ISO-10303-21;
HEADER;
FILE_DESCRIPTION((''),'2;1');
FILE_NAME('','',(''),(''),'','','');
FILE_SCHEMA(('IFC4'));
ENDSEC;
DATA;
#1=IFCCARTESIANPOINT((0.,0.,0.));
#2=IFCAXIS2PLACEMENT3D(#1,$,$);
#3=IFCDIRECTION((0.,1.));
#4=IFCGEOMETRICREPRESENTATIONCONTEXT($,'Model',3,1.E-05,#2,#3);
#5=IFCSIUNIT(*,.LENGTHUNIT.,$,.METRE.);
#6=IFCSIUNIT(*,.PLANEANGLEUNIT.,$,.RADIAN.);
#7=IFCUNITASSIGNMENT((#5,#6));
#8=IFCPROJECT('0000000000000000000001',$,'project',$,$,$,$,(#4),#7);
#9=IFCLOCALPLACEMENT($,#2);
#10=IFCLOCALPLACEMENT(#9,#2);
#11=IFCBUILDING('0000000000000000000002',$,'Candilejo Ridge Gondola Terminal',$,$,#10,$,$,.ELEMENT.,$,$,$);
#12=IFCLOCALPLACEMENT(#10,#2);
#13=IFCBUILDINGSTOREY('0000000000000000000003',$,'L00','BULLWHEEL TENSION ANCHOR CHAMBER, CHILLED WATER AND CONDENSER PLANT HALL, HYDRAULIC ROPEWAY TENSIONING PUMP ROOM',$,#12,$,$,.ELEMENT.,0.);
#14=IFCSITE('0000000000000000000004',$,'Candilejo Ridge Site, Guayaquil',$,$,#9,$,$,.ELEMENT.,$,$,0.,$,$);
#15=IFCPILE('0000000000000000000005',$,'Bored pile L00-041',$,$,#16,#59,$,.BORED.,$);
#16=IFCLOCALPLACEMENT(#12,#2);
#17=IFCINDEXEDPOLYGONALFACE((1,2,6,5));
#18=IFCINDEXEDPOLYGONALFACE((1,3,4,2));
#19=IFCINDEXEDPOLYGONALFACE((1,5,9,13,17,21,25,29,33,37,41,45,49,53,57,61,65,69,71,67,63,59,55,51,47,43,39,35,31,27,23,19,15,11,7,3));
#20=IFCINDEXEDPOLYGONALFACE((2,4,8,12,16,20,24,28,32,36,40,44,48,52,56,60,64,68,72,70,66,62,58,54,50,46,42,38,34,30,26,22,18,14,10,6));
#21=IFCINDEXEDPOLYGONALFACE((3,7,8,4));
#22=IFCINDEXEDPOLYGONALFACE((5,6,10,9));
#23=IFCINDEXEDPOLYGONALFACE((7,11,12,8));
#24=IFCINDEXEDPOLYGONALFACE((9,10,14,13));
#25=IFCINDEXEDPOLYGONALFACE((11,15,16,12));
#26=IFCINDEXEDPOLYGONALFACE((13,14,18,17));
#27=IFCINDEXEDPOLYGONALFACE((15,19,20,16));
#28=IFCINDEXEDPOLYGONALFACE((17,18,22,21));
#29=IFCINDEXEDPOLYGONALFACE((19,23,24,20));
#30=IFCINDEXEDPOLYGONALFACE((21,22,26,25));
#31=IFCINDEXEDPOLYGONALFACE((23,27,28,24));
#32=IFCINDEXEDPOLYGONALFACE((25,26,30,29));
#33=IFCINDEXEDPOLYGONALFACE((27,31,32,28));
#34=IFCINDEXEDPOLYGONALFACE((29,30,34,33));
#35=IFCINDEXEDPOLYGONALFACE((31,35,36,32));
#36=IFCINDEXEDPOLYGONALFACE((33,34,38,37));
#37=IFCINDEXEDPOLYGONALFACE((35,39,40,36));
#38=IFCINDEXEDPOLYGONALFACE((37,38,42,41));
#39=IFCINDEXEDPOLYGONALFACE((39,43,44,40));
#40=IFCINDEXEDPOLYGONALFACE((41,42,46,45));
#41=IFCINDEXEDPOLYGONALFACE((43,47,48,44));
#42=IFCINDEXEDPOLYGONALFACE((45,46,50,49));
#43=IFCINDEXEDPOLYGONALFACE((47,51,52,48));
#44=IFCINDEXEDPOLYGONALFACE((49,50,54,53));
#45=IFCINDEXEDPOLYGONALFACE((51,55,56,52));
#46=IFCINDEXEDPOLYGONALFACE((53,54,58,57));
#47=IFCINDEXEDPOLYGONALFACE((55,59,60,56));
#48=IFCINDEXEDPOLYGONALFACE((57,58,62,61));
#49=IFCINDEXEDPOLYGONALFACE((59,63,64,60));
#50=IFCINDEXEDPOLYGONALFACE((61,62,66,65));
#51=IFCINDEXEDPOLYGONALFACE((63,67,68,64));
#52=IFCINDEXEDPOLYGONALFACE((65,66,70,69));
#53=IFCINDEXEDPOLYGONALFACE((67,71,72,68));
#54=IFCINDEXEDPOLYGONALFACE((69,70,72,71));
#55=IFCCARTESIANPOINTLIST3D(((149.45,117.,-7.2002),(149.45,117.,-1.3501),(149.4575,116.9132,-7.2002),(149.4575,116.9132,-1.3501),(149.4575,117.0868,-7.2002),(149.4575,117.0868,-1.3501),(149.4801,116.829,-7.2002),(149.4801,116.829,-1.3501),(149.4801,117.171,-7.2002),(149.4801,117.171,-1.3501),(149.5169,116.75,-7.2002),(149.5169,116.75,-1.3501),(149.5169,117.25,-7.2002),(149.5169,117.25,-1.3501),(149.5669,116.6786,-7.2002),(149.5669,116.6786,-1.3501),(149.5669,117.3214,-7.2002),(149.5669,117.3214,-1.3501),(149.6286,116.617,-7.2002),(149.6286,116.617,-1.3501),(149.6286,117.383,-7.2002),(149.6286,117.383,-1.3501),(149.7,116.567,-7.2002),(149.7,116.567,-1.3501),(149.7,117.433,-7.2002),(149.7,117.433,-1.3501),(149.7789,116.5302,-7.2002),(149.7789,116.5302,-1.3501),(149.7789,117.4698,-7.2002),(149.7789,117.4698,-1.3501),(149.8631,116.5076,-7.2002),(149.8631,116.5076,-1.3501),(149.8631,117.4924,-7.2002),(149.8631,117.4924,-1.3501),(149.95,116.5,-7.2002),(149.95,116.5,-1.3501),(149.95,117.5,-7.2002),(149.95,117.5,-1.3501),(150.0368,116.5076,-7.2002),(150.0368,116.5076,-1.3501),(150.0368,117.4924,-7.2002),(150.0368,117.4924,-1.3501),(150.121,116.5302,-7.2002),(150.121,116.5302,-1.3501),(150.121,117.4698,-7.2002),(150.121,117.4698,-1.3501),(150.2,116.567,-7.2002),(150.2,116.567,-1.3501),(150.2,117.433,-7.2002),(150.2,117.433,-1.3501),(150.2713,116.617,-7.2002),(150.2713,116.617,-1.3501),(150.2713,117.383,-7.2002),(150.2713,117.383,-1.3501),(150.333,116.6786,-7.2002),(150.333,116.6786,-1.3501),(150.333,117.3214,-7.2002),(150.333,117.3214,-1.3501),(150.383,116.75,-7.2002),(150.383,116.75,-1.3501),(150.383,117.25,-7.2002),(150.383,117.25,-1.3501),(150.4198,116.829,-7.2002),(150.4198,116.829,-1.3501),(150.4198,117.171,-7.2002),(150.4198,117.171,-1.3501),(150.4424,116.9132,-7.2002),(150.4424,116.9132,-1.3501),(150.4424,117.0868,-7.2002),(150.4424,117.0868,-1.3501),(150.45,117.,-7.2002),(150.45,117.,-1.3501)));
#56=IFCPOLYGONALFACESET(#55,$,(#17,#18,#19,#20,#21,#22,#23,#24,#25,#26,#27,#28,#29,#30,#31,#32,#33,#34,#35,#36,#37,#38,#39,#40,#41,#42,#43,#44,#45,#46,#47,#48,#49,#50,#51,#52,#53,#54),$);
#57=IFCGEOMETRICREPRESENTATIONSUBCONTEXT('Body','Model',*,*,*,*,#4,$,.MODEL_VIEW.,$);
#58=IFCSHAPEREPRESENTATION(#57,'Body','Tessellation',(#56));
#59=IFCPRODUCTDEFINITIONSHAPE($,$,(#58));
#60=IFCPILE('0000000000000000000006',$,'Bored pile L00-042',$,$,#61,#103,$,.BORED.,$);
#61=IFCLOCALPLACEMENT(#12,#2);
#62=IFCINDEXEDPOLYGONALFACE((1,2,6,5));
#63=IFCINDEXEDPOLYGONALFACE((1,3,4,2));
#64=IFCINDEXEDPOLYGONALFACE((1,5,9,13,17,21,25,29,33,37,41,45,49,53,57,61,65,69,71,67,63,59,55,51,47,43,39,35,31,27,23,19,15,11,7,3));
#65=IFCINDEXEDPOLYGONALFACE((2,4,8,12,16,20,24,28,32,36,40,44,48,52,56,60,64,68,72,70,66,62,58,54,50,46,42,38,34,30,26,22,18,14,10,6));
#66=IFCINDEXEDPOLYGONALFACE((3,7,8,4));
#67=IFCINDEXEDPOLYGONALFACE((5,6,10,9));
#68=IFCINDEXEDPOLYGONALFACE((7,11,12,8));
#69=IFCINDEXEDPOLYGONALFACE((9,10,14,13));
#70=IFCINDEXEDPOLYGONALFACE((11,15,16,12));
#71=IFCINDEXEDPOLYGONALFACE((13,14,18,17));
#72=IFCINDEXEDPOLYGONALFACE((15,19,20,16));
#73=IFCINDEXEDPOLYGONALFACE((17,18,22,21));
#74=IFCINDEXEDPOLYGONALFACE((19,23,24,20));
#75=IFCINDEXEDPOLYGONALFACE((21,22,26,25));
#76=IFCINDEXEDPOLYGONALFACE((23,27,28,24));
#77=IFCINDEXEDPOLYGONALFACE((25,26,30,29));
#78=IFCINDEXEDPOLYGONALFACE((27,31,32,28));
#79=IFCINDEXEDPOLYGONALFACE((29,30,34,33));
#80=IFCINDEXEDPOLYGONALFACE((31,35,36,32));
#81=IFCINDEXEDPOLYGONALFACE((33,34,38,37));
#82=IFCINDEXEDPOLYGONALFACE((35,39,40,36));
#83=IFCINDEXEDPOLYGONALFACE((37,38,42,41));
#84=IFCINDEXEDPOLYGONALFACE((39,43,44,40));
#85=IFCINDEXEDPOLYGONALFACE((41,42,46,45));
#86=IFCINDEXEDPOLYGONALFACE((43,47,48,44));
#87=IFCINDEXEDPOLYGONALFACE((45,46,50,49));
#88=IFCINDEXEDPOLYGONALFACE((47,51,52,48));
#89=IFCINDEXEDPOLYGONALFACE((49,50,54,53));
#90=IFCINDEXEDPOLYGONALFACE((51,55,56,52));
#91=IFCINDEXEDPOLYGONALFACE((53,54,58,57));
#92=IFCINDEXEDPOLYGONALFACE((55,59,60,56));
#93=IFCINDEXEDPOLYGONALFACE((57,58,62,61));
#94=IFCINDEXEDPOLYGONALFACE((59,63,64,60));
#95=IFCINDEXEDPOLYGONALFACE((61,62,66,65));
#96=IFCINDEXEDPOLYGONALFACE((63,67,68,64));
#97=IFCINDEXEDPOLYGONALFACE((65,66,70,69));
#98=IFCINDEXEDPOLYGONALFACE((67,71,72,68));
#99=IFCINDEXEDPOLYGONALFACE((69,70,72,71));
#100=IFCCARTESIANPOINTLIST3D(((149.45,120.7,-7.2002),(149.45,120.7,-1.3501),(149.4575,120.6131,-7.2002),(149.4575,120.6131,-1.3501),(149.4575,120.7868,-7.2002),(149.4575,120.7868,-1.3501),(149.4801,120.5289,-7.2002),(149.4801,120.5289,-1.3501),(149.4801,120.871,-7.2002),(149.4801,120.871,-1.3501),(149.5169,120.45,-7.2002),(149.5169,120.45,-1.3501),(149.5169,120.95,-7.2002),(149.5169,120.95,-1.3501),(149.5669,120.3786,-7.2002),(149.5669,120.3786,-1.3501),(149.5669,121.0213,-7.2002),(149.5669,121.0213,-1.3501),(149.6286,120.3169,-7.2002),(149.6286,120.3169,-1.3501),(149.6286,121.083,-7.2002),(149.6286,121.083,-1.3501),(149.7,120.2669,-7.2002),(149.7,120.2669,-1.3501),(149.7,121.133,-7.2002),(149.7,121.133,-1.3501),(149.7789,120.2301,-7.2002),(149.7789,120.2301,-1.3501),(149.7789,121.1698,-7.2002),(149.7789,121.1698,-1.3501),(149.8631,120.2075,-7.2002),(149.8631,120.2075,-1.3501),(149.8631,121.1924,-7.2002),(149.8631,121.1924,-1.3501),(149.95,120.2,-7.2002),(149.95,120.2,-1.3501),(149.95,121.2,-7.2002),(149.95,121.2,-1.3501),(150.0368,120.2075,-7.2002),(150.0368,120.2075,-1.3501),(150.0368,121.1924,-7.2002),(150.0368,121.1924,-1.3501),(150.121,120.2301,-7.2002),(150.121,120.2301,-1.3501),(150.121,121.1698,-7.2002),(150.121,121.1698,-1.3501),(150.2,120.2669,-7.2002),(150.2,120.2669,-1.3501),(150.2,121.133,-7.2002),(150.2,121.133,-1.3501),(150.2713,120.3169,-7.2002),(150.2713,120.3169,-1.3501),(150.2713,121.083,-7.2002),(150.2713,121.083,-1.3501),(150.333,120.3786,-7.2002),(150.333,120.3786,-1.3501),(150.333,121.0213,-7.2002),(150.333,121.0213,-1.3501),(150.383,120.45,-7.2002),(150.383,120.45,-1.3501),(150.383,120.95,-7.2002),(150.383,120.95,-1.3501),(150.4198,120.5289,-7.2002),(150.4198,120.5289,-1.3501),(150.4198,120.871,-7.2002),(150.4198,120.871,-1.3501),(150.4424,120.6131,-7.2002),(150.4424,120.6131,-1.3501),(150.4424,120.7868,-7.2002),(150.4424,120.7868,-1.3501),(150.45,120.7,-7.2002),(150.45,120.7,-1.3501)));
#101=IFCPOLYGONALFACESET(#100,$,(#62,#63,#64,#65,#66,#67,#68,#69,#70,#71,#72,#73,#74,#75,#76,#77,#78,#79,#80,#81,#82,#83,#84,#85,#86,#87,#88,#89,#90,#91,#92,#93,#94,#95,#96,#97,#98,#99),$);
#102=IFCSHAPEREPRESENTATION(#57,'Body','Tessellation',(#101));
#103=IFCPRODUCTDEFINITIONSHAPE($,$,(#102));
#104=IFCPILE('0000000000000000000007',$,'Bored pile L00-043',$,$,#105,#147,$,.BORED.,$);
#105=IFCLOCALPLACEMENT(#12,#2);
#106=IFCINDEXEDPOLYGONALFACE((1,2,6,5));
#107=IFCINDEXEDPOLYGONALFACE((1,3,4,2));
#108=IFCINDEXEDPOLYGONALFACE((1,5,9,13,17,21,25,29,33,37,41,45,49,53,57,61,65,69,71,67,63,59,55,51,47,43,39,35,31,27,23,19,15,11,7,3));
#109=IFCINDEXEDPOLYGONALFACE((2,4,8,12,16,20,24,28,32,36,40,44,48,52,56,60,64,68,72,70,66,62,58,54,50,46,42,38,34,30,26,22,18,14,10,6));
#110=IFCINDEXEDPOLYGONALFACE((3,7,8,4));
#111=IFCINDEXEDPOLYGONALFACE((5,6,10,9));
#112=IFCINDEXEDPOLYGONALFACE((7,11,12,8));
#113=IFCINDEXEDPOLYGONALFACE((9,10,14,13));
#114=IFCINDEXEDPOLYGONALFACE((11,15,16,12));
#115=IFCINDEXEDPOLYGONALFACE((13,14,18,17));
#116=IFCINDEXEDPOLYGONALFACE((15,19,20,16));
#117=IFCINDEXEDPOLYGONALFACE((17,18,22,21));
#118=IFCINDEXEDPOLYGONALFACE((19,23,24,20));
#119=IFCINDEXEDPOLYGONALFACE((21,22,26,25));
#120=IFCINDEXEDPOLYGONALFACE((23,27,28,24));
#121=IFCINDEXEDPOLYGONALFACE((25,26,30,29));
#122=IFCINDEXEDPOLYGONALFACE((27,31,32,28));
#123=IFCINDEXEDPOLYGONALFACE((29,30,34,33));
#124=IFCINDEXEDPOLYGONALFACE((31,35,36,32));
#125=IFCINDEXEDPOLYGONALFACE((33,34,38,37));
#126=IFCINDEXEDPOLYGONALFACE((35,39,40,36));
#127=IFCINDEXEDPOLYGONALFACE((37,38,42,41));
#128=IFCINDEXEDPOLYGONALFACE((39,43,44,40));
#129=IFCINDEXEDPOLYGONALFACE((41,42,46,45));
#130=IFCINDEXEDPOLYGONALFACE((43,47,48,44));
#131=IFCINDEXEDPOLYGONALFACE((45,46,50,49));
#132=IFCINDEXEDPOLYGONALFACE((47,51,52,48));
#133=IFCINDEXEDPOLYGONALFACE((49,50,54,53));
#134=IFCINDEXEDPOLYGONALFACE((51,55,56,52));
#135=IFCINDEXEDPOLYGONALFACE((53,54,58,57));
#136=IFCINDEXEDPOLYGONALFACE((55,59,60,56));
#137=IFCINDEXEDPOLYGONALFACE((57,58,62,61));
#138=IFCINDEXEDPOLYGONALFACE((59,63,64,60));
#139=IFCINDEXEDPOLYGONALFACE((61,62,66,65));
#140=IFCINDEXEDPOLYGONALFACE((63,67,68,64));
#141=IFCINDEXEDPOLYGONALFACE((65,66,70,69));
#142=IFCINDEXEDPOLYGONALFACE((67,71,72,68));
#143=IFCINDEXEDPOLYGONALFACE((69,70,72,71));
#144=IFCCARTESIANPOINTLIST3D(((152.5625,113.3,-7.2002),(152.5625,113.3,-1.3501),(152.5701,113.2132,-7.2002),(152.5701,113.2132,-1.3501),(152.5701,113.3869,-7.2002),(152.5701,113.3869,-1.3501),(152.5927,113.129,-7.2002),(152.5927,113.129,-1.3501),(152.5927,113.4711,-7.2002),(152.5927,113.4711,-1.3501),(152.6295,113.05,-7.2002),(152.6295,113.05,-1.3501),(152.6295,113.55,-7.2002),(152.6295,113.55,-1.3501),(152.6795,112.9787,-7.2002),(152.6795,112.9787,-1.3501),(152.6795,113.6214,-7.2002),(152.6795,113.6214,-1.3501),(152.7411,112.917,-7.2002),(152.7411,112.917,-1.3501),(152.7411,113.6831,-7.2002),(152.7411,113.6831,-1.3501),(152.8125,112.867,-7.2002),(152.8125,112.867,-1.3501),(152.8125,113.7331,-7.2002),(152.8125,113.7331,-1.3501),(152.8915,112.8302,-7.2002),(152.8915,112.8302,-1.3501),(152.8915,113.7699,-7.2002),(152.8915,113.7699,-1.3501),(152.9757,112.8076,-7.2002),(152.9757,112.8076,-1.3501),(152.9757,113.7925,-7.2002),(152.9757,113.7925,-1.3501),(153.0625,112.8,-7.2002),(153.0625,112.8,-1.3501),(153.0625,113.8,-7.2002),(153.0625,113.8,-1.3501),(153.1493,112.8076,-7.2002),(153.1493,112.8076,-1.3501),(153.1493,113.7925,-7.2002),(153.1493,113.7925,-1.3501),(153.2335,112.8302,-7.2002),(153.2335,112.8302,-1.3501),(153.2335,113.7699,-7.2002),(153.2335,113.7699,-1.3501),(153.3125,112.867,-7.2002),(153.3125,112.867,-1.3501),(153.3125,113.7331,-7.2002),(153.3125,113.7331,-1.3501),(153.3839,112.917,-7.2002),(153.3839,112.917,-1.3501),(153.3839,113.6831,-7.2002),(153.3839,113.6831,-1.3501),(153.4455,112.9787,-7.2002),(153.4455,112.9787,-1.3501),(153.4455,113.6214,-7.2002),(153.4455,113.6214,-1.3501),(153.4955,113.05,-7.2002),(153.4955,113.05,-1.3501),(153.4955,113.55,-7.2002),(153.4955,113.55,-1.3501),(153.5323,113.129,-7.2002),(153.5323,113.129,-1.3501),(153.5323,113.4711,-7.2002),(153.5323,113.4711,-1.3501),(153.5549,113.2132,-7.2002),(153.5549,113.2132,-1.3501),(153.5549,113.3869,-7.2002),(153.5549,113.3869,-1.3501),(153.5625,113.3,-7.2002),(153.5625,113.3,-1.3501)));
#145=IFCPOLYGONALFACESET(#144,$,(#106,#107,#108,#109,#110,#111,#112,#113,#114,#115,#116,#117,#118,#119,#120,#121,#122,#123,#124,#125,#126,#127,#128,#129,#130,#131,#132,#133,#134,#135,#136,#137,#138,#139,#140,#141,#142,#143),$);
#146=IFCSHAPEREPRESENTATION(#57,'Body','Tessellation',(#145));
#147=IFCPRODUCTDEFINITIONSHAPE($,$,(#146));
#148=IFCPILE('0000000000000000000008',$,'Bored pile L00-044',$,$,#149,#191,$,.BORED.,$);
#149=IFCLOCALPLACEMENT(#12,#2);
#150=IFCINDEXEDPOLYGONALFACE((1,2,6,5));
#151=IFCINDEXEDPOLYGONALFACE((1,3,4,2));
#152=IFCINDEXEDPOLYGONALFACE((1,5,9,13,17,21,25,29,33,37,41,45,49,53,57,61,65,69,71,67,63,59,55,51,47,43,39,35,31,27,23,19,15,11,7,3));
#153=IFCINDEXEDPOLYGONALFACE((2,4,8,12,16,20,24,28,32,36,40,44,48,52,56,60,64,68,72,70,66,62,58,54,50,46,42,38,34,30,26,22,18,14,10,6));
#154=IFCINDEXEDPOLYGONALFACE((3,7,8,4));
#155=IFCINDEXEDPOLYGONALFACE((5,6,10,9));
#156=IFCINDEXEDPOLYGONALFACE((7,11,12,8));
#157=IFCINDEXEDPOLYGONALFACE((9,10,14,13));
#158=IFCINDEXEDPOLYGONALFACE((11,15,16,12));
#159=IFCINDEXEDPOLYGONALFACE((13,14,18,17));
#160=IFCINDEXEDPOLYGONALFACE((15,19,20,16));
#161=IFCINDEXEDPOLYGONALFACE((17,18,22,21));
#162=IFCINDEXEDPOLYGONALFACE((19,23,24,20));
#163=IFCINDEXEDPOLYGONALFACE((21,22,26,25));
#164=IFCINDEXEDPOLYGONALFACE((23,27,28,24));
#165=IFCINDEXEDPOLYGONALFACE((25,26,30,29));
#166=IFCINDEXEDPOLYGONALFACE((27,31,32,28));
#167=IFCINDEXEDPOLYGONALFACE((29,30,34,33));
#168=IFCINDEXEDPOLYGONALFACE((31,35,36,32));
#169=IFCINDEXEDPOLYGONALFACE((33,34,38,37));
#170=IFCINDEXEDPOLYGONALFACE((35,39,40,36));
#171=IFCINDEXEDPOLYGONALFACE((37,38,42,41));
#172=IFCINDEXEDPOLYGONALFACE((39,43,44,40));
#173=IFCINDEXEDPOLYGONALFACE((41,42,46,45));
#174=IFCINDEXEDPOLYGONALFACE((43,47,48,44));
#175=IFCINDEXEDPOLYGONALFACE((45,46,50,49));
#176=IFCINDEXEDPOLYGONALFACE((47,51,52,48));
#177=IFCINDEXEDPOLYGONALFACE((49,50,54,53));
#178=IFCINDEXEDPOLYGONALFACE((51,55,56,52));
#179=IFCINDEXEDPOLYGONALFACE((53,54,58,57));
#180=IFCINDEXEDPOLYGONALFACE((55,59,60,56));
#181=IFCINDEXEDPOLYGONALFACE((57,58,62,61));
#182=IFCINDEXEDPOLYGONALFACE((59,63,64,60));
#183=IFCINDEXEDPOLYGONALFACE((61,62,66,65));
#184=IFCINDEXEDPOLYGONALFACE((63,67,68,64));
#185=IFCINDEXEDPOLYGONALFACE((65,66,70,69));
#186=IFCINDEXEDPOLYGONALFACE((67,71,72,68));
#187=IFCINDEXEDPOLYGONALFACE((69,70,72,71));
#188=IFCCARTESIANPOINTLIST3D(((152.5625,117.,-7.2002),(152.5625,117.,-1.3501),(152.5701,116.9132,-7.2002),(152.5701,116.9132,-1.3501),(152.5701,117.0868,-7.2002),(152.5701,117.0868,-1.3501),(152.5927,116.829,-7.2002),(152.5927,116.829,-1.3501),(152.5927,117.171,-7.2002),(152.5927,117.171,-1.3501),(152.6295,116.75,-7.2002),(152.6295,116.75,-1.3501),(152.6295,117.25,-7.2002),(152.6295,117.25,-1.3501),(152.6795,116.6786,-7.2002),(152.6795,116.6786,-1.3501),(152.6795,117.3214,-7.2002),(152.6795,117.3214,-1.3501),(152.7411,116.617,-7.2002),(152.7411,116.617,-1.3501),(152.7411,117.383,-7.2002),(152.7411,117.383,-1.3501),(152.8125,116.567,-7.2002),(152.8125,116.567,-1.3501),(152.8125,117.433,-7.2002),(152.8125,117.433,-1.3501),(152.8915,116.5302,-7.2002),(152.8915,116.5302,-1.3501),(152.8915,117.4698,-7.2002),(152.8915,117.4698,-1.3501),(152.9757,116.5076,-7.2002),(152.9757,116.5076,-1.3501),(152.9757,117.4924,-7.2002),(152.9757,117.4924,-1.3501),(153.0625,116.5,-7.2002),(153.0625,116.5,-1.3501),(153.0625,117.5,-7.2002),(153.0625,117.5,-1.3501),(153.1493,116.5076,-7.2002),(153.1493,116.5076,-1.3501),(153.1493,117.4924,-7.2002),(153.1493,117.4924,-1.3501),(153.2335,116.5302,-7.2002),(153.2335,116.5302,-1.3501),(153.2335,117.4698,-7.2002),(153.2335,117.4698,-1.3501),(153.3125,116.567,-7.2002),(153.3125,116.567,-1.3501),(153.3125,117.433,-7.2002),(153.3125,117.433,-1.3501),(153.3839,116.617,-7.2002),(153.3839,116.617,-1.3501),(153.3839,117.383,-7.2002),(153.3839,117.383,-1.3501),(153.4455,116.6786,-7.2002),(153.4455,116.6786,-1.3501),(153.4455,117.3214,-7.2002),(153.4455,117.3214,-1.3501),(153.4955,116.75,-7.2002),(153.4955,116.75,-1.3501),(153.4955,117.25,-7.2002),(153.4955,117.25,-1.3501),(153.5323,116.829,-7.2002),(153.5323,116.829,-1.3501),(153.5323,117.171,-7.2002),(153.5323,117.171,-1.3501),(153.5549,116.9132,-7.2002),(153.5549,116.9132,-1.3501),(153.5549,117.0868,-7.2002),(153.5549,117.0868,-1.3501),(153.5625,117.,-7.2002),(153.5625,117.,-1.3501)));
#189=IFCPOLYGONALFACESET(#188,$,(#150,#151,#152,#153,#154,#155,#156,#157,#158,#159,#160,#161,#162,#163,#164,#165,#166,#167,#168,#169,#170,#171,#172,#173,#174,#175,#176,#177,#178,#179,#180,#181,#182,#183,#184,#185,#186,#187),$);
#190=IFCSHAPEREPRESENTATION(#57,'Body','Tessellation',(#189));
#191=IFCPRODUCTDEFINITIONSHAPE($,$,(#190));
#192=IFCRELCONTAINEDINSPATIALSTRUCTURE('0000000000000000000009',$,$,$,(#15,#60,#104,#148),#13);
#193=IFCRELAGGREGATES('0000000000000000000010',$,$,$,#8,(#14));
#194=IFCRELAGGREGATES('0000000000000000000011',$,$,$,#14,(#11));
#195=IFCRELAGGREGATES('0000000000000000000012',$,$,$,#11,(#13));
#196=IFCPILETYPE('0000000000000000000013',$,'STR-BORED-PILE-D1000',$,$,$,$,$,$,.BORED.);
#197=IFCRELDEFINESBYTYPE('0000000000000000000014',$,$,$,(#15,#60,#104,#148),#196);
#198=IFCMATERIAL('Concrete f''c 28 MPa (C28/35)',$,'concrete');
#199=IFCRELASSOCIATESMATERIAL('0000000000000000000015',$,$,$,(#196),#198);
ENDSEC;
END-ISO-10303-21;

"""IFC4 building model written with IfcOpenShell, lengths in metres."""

from ifc_helpers import new_model, si_unit, direction, frame, origin, origin_2d, place, context, subcontext, project, spatial, circle, extrude, material, material_profile, profile_set, type_object, element, save


model = new_model("IFC4")

# Units and contexts
model_context = context("Model", 3, precision=1e-05, world=origin(), true_north=direction((0.0, 1.0)))
body_context = subcontext(model_context, "Body", "Model", "MODEL_VIEW")
ifc_project = project(units=[si_unit("LENGTHUNIT", "METRE"), si_unit("PLANEANGLEUNIT", "RADIAN")], contexts=[model_context])

# Site, building, storey
site_placement = place(None, origin())
site = spatial("IfcSite", under=ifc_project, at=site_placement, Name="Candilejo Ridge Site, Guayaquil", CompositionType="ELEMENT", RefElevation=0.0)
building_placement = place(site_placement, origin())
building = spatial("IfcBuilding", under=site, at=building_placement, Name="Candilejo Ridge Gondola Terminal", CompositionType="ELEMENT")
storey_placement = place(building_placement, origin())
storey = spatial("IfcBuildingStorey", under=building, at=storey_placement, Name="L00", Description="BULLWHEEL TENSION ANCHOR CHAMBER, CHILLED WATER AND CONDENSER PLANT HALL, HYDRAULIC ROPEWAY TENSIONING PUMP ROOM", CompositionType="ELEMENT", Elevation=0.0)

# Piles
ifc_material_1 = material(Name="Concrete f'c 28 MPa (C28/35)", Category="concrete")
ifc_material_profile_1 = material_profile(ifc_material_1, circle(Radius=0.5, at=origin_2d()))
ifc_profile_set_1 = profile_set([ifc_material_profile_1], Name="Concrete f'c 28 MPa (C28/35)")
pile_type = type_object("IfcPileType", Name="STR-BORED-PILE-D1000", PredefinedType="BORED", material=ifc_profile_set_1)
for number, where, z_axis, x_axis, name in (
    (1, (149.95, 117.0, -1.3501), (0.0, 0.0, -1.0), (1.0, 0.0, 0.0), "Bored pile L00-041"),
    (2, (149.95, 120.7, -1.3501), (0.0, 0.0, -1.0), (1.0, 0.0, 0.0), "Bored pile L00-042"),
    (3, (153.0625, 113.3, -1.3501), (0.0, 0.0, -1.0), (1.0, 0.0, 0.0), "Bored pile L00-043"),
    (4, (153.0625, 117.0, -1.3501), (0.0, 0.0, -1.0), (1.0, 0.0, 0.0), "Bored pile L00-044"),
):
    element("IfcPile", number, at=place(storey_placement, frame(where, z_axis=z_axis, x_axis=x_axis)), inside=storey, type_object=pile_type, Name=name, PredefinedType="BORED", context=body_context, shape_type="SweptSolid", body=[
        extrude(circle(Radius=0.5, at=origin_2d()), origin(), (0.0, 0.0, 1.0), 5.8501),
    ])

save(model, "model.ifc")
